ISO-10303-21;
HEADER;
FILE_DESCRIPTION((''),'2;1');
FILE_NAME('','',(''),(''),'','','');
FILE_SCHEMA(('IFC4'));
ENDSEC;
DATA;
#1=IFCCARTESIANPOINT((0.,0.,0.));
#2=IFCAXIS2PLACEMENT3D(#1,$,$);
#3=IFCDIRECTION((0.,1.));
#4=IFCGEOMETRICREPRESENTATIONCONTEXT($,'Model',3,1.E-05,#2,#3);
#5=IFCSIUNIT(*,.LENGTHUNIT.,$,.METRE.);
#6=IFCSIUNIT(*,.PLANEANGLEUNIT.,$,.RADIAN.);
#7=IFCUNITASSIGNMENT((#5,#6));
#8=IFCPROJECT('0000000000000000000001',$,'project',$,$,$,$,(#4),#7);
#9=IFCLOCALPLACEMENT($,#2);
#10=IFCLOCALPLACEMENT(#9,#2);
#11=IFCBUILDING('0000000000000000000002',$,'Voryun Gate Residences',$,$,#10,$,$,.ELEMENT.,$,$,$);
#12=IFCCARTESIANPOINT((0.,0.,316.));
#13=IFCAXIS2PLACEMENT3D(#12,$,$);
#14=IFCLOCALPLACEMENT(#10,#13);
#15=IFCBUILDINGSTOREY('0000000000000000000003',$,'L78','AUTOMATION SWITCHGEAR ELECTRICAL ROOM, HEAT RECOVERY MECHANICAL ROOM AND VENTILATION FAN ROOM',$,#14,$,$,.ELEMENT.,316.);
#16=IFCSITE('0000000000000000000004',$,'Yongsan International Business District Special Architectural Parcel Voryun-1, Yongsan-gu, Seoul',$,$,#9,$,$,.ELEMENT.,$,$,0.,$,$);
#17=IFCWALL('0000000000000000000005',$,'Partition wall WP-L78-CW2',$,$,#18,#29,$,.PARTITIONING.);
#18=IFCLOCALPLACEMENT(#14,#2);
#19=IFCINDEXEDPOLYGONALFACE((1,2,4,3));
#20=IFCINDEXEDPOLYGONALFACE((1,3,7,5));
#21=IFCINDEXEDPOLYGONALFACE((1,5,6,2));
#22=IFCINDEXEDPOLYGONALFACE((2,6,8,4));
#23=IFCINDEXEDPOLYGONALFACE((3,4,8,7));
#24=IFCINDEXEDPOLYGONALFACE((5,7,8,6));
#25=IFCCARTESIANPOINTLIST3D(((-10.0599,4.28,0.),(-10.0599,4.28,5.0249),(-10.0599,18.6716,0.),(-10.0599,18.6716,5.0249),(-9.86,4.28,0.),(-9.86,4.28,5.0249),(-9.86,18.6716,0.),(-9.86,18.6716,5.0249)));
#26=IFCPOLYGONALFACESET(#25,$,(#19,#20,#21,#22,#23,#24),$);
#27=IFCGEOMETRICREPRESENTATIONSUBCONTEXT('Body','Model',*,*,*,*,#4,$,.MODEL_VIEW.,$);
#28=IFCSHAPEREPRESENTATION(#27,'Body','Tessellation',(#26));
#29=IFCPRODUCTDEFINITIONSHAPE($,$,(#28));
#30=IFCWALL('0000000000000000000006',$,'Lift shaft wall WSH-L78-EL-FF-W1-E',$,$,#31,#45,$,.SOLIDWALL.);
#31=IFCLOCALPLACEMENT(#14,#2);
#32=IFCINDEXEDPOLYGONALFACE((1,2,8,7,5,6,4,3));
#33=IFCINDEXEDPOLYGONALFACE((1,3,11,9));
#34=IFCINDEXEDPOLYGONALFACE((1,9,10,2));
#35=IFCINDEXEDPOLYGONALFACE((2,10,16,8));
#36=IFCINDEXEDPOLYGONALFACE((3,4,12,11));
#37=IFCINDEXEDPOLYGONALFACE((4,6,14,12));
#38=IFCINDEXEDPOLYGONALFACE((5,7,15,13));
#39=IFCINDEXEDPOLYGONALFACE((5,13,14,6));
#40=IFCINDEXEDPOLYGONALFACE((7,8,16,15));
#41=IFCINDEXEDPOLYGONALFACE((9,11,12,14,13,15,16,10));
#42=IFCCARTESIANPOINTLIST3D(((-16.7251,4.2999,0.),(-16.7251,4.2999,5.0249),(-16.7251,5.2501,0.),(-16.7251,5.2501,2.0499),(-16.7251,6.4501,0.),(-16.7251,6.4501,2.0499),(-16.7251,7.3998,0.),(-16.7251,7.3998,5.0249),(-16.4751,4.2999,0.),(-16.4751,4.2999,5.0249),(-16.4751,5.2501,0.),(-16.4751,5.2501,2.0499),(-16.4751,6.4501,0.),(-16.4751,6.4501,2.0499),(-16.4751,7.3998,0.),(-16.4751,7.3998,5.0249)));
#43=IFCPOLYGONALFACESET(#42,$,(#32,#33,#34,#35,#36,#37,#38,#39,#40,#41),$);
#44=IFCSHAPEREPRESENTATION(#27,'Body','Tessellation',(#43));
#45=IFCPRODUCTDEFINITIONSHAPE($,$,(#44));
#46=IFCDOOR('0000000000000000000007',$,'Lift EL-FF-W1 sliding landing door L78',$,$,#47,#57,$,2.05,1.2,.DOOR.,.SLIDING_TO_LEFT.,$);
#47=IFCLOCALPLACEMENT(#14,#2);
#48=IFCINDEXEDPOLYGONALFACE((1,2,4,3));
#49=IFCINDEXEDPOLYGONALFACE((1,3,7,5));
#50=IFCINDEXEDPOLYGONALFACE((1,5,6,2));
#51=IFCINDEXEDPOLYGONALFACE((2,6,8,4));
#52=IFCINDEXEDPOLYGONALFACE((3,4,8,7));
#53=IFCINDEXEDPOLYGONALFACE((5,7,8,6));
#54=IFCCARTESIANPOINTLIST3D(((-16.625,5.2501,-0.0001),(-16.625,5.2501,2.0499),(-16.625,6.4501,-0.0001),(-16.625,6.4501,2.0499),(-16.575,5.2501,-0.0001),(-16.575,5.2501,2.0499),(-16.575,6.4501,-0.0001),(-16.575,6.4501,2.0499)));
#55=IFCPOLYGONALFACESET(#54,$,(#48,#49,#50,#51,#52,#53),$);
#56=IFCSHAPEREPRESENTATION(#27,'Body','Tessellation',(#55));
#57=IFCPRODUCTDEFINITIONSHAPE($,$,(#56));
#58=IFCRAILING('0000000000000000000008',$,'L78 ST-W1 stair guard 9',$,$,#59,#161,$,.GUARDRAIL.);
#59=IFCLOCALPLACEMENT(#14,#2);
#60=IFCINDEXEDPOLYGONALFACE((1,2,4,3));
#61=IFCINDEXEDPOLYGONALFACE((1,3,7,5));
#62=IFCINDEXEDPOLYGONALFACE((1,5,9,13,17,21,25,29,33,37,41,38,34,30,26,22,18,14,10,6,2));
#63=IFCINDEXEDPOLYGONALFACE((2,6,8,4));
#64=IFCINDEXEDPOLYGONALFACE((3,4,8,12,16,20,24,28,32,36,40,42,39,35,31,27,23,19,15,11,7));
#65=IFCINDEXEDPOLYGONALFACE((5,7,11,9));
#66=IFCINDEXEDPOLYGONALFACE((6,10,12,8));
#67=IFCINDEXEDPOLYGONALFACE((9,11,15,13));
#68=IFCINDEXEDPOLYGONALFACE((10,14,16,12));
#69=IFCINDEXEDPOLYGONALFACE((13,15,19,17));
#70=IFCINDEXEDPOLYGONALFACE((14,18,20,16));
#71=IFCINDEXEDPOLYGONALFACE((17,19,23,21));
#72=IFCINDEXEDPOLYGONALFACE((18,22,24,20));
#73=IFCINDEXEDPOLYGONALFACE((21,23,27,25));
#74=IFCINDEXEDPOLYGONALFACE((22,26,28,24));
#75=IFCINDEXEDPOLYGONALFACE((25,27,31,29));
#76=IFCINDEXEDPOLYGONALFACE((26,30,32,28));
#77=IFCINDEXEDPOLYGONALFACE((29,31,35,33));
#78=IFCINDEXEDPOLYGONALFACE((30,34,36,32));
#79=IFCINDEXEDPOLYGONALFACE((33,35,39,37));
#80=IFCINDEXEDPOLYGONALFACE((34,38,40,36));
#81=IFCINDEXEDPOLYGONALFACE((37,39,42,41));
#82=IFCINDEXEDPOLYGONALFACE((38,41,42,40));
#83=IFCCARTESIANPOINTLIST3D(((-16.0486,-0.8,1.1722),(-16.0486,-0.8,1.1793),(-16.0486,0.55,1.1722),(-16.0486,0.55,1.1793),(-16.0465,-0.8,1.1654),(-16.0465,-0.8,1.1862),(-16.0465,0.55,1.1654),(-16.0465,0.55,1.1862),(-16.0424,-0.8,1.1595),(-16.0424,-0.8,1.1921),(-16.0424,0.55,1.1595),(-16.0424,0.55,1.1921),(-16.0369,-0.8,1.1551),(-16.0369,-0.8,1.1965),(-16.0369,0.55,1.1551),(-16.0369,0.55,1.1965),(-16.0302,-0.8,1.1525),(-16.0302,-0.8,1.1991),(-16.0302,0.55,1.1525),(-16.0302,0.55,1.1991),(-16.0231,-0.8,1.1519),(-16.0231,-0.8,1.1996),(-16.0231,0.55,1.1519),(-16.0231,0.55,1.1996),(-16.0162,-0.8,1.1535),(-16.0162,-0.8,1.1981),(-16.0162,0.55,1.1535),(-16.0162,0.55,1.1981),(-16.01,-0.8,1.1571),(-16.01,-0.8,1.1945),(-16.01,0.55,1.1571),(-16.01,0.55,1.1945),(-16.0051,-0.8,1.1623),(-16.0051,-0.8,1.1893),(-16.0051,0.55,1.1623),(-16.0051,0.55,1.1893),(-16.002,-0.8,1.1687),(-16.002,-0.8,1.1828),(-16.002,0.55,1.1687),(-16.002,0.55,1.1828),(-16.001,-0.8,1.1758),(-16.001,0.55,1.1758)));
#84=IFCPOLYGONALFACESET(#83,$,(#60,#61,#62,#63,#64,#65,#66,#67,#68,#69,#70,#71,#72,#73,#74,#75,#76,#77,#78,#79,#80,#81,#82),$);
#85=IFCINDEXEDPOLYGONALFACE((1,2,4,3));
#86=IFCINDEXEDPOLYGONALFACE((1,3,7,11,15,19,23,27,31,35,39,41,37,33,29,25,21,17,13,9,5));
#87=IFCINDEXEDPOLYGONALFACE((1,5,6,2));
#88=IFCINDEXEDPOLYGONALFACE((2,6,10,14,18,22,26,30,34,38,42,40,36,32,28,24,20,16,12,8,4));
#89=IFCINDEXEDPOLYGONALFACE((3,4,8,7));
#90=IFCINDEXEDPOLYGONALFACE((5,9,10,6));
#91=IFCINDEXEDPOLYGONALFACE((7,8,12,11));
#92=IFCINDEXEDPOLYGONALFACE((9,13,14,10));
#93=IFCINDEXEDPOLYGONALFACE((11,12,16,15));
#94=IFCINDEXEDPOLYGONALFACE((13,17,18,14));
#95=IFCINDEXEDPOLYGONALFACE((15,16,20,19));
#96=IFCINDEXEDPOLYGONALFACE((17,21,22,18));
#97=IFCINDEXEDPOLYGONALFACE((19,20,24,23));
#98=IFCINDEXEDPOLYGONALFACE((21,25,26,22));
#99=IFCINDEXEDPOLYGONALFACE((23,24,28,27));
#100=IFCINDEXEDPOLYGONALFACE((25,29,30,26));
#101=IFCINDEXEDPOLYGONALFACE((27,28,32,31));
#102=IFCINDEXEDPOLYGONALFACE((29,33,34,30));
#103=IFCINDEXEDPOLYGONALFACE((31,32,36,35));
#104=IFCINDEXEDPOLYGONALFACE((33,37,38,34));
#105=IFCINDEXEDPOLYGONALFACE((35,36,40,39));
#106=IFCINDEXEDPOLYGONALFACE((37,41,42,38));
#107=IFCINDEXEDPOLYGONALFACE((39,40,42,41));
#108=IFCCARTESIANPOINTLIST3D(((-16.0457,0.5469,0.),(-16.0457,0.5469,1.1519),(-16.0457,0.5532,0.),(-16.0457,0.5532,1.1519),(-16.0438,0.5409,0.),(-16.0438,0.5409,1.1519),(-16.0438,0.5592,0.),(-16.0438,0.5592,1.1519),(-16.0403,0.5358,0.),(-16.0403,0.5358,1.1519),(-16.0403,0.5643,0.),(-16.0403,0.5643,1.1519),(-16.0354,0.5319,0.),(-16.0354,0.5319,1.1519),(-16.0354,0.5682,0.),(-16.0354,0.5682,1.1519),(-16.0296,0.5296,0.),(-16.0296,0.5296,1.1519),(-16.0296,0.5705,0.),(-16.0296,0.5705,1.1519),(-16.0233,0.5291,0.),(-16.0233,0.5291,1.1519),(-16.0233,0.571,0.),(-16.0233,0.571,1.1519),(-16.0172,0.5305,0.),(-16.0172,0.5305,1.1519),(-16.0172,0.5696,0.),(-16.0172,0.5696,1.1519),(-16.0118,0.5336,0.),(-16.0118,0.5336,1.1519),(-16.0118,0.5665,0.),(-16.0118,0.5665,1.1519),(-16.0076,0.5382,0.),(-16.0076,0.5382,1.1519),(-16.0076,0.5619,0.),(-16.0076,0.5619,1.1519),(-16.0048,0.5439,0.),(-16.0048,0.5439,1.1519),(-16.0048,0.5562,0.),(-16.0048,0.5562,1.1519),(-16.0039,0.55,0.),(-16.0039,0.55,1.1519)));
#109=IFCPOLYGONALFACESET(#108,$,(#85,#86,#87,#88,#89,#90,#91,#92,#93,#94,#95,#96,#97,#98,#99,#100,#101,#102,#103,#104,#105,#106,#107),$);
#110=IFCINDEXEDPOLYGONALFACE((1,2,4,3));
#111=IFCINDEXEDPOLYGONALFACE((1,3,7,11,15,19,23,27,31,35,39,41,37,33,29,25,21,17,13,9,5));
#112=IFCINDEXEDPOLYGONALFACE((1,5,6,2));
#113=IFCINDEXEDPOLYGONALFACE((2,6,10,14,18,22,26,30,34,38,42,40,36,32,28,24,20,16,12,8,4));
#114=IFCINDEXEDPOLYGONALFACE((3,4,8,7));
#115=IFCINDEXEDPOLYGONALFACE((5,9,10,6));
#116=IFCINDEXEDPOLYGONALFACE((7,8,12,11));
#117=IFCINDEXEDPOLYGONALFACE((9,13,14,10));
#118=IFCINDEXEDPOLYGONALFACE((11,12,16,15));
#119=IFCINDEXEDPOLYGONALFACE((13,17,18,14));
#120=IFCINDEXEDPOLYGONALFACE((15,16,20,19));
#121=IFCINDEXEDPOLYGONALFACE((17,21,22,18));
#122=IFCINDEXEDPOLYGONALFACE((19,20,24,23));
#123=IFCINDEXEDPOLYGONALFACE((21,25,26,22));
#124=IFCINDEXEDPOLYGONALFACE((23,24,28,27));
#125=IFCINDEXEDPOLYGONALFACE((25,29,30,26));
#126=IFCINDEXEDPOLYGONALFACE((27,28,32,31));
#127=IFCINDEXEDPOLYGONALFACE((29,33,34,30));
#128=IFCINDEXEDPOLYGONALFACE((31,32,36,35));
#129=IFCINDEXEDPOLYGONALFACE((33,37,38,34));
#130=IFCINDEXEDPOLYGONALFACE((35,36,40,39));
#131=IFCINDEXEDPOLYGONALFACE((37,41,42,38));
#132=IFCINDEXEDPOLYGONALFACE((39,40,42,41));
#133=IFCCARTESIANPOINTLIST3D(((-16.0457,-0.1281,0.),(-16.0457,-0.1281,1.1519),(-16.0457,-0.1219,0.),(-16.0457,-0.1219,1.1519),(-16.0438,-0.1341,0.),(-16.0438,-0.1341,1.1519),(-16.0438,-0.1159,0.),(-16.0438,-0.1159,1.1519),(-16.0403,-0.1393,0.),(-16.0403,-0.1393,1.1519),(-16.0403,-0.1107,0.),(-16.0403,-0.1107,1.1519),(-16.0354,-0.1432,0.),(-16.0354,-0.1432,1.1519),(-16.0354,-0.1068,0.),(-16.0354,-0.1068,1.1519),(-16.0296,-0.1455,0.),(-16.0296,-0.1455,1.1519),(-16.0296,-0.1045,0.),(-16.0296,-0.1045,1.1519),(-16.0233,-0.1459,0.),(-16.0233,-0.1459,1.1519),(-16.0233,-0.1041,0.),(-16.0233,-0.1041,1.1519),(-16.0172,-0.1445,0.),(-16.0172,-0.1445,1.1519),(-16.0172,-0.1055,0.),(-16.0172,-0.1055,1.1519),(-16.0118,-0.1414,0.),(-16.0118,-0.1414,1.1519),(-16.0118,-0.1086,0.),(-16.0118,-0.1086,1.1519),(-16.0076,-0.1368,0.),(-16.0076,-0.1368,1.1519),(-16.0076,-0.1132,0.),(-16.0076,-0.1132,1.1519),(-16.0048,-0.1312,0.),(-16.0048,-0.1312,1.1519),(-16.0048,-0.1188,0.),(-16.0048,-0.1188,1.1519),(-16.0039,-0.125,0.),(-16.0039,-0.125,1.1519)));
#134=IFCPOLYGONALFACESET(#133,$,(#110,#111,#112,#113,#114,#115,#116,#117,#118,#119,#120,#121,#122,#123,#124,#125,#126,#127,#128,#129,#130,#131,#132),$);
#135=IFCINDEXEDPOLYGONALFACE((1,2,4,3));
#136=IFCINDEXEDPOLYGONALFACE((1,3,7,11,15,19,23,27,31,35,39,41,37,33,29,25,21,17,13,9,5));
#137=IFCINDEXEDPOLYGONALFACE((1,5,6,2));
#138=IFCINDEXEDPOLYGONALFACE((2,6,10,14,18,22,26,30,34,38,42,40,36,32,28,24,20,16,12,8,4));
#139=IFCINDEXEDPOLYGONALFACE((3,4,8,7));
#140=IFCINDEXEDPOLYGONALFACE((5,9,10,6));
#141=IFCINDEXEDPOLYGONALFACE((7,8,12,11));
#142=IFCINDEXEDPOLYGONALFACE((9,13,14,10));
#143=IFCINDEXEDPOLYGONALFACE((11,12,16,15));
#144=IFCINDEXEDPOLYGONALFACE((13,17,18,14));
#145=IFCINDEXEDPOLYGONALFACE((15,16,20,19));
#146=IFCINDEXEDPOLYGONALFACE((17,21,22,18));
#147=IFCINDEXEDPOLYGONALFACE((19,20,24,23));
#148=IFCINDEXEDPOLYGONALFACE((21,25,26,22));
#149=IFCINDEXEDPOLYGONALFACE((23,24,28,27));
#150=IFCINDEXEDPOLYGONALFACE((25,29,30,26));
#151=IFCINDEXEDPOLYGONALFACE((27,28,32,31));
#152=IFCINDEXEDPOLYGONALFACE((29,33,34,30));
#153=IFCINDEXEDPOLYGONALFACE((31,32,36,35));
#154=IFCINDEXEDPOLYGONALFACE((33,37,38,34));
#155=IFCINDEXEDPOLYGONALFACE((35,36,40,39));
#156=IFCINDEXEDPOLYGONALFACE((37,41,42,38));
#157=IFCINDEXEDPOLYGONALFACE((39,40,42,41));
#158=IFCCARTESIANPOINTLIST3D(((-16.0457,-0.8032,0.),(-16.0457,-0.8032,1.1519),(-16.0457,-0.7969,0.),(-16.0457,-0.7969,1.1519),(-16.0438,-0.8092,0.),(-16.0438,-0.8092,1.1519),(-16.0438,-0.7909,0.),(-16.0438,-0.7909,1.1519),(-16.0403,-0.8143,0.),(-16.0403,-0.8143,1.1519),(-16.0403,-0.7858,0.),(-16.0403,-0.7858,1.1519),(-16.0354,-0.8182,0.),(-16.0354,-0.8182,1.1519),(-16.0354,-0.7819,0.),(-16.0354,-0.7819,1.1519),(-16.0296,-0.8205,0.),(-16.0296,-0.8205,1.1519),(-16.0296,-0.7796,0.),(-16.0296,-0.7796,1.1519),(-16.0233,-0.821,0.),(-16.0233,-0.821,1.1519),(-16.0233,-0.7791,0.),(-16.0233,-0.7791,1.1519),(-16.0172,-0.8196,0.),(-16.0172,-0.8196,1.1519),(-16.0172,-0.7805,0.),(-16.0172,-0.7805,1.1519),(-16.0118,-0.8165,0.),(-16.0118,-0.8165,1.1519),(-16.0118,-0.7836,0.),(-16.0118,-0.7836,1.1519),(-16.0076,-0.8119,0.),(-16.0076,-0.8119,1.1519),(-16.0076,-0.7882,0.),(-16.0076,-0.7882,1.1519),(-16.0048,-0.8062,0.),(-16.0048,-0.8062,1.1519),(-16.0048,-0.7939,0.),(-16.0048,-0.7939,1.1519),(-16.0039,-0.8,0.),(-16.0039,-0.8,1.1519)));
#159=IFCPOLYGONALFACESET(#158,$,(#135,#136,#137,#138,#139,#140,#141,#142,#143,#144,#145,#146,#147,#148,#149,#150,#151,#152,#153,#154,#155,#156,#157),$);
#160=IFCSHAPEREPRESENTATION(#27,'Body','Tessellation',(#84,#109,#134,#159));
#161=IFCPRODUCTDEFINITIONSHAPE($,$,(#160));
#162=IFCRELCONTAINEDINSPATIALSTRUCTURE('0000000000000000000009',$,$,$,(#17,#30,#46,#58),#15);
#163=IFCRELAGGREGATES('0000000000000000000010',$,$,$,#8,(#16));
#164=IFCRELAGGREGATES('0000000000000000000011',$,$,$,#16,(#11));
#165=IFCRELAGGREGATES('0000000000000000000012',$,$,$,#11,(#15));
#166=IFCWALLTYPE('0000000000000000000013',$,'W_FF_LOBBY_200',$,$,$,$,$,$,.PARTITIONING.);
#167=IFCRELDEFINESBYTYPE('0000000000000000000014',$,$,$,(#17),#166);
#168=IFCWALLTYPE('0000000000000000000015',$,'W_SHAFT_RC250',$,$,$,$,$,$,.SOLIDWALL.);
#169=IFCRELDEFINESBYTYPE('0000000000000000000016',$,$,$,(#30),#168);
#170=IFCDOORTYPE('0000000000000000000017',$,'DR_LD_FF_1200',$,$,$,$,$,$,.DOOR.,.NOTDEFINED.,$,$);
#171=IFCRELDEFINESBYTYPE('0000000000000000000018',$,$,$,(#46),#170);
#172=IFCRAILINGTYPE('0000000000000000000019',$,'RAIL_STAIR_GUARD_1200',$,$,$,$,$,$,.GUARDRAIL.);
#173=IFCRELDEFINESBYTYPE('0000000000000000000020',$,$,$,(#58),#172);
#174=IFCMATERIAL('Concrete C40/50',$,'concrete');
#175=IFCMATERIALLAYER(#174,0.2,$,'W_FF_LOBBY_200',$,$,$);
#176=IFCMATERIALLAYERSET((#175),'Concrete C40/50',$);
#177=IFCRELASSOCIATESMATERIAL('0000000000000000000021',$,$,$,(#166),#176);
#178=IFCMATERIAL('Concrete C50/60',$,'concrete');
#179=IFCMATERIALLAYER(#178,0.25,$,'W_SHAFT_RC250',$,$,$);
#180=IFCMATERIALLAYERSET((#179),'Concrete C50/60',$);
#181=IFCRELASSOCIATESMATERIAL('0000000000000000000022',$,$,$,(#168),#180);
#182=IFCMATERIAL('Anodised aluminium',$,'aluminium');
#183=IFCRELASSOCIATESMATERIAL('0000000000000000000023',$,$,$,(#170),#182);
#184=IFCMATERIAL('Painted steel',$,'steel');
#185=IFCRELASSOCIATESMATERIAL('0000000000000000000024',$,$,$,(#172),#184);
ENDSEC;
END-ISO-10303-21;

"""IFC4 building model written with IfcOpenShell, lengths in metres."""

from ifc_helpers import new_model, si_unit, direction, frame, frame_2d, origin, origin_2d, place, context, subcontext, project, spatial, rectangle, circle, extrude, material, layer, layer_set, type_object, element, fill, save


model = new_model("IFC4")

# Units and contexts
model_context = context("Model", 3, precision=1e-05, world=origin(), true_north=direction((0.0, 1.0)))
body_context = subcontext(model_context, "Body", "Model", "MODEL_VIEW")
ifc_project = project(units=[si_unit("LENGTHUNIT", "METRE"), si_unit("PLANEANGLEUNIT", "RADIAN")], contexts=[model_context])

# Site, building, storey
site_placement = place(None, origin())
site = spatial("IfcSite", under=ifc_project, at=site_placement, Name="Yongsan International Business District Special Architectural Parcel Voryun-1, Yongsan-gu, Seoul", CompositionType="ELEMENT", RefElevation=0.0)
building_placement = place(site_placement, origin())
building = spatial("IfcBuilding", under=site, at=building_placement, Name="Voryun Gate Residences", CompositionType="ELEMENT")
storey_placement = place(building_placement, frame((0.0, 0.0, 316.0)))
storey = spatial("IfcBuildingStorey", under=building, at=storey_placement, Name="L78", Description="AUTOMATION SWITCHGEAR ELECTRICAL ROOM, HEAT RECOVERY MECHANICAL ROOM AND VENTILATION FAN ROOM", CompositionType="ELEMENT", Elevation=316.0)

# Shared definitions
ifc_material_1 = material(Name="Concrete C40/50", Category="concrete")
ifc_layer_1 = layer(ifc_material_1, 0.2, Name="W_FF_LOBBY_200")
ifc_layer_set_1 = layer_set([ifc_layer_1], Name="Concrete C40/50")
wall_type_1 = type_object("IfcWallType", Name="W_FF_LOBBY_200", PredefinedType="PARTITIONING", material=ifc_layer_set_1)

# Wall
wall_1_placement = place(storey_placement, frame((-9.96, 4.28, 0.0), z_axis=(0.0, 0.0, 1.0), x_axis=(0.0, 1.0, 0.0)))
element("IfcWall", 1, at=wall_1_placement, inside=storey, type_object=wall_type_1, Name="Partition wall WP-L78-CW2", PredefinedType="PARTITIONING", context=body_context, shape_type="SweptSolid", body=[
    extrude(rectangle(XDim=14.3916, YDim=0.2, at=frame_2d((7.1958, 0.0))), origin(), (0.0, 0.0, 1.0), 5.0249),
])

# Wall, opening, door
ifc_material_2 = material(Name="Concrete C50/60", Category="concrete")
ifc_layer_2 = layer(ifc_material_2, 0.25, Name="W_SHAFT_RC250")
ifc_layer_set_2 = layer_set([ifc_layer_2], Name="Concrete C50/60")
wall_type_2 = type_object("IfcWallType", Name="W_SHAFT_RC250", PredefinedType="SOLIDWALL", material=ifc_layer_set_2)
wall_2_placement = place(storey_placement, frame((-16.6001, 4.3, 0.0), z_axis=(0.0, 0.0, 1.0), x_axis=(0.0, 1.0, 0.0)))
wall_2 = element("IfcWall", 2, at=wall_2_placement, inside=storey, type_object=wall_type_2, Name="Lift shaft wall WSH-L78-EL-FF-W1-E", PredefinedType="SOLIDWALL", context=body_context, shape_type="SweptSolid", body=[
    extrude(rectangle(XDim=3.0999, YDim=0.25, at=frame_2d((1.5498, 0.0))), origin(), (0.0, 0.0, 1.0), 5.0249),
])
opening_1_placement = place(wall_2_placement, frame((0.95, 0.0, 0.0)))
opening_1 = element("IfcOpeningElement", 3, at=opening_1_placement, cuts=wall_2, PredefinedType="OPENING", context=body_context, shape_type="SweptSolid", body=[
    extrude(rectangle(XDim=1.2, YDim=2.05, at=frame_2d((0.6001, 1.0249))), frame((0.0, 0.135, 0.0), z_axis=(0.0, -1.0, 0.0), x_axis=(1.0, 0.0, 0.0)), (0.0, 0.0, 1.0), 0.27),
])
ifc_material_3 = material(Name="Anodised aluminium", Category="aluminium")
door_type_1 = type_object("IfcDoorType", Name="DR_LD_FF_1200", OperationType="NOTDEFINED", PredefinedType="DOOR", material=ifc_material_3)
door_1_placement = place(opening_1_placement, origin())
door_1 = element("IfcDoor", 4, at=door_1_placement, inside=storey, type_object=door_type_1, Name="Lift EL-FF-W1 sliding landing door L78", OperationType="SLIDING_TO_LEFT", OverallHeight=2.05, OverallWidth=1.2, PredefinedType="DOOR", context=body_context, shape_type="SweptSolid", body=[
    extrude(rectangle(XDim=1.2, YDim=2.05, at=frame_2d((0.6001, 1.0249))), frame((0.0, 0.0249, 0.0), z_axis=(0.0, -1.0, 0.0), x_axis=(1.0, 0.0, 0.0)), (0.0, 0.0, 1.0), 0.05),
])
fill(opening_1, door_1)

# Railing
ifc_material_4 = material(Name="Painted steel", Category="steel")
railing_type = type_object("IfcRailingType", Name="RAIL_STAIR_GUARD_1200", PredefinedType="GUARDRAIL", material=ifc_material_4)
railing_placement = place(storey_placement, frame((-16.0249, 0.55, 0.0)))
element("IfcRailing", 5, at=railing_placement, inside=storey, type_object=railing_type, Name="L78 ST-W1 stair guard 9", PredefinedType="GUARDRAIL", context=body_context, shape_type="SweptSolid", body=[
    extrude(circle(Radius=0.0239, at=origin_2d()), frame((0.0, 0.0, 1.1758), z_axis=(0.0, -1.0, 0.0), x_axis=(1.0, 0.0, 0.0)), (0.0, 0.0, 1.0), 1.3501),
    extrude(circle(Radius=0.021, at=origin_2d()), origin(), (0.0, 0.0, 1.0), 1.1519),
    extrude(circle(Radius=0.021, at=origin_2d()), frame((0.0, -0.675, 0.0)), (0.0, 0.0, 1.0), 1.1519),
    extrude(circle(Radius=0.021, at=origin_2d()), frame((0.0, -1.3501, 0.0)), (0.0, 0.0, 1.0), 1.1519),
])

save(model, "model.ifc")
